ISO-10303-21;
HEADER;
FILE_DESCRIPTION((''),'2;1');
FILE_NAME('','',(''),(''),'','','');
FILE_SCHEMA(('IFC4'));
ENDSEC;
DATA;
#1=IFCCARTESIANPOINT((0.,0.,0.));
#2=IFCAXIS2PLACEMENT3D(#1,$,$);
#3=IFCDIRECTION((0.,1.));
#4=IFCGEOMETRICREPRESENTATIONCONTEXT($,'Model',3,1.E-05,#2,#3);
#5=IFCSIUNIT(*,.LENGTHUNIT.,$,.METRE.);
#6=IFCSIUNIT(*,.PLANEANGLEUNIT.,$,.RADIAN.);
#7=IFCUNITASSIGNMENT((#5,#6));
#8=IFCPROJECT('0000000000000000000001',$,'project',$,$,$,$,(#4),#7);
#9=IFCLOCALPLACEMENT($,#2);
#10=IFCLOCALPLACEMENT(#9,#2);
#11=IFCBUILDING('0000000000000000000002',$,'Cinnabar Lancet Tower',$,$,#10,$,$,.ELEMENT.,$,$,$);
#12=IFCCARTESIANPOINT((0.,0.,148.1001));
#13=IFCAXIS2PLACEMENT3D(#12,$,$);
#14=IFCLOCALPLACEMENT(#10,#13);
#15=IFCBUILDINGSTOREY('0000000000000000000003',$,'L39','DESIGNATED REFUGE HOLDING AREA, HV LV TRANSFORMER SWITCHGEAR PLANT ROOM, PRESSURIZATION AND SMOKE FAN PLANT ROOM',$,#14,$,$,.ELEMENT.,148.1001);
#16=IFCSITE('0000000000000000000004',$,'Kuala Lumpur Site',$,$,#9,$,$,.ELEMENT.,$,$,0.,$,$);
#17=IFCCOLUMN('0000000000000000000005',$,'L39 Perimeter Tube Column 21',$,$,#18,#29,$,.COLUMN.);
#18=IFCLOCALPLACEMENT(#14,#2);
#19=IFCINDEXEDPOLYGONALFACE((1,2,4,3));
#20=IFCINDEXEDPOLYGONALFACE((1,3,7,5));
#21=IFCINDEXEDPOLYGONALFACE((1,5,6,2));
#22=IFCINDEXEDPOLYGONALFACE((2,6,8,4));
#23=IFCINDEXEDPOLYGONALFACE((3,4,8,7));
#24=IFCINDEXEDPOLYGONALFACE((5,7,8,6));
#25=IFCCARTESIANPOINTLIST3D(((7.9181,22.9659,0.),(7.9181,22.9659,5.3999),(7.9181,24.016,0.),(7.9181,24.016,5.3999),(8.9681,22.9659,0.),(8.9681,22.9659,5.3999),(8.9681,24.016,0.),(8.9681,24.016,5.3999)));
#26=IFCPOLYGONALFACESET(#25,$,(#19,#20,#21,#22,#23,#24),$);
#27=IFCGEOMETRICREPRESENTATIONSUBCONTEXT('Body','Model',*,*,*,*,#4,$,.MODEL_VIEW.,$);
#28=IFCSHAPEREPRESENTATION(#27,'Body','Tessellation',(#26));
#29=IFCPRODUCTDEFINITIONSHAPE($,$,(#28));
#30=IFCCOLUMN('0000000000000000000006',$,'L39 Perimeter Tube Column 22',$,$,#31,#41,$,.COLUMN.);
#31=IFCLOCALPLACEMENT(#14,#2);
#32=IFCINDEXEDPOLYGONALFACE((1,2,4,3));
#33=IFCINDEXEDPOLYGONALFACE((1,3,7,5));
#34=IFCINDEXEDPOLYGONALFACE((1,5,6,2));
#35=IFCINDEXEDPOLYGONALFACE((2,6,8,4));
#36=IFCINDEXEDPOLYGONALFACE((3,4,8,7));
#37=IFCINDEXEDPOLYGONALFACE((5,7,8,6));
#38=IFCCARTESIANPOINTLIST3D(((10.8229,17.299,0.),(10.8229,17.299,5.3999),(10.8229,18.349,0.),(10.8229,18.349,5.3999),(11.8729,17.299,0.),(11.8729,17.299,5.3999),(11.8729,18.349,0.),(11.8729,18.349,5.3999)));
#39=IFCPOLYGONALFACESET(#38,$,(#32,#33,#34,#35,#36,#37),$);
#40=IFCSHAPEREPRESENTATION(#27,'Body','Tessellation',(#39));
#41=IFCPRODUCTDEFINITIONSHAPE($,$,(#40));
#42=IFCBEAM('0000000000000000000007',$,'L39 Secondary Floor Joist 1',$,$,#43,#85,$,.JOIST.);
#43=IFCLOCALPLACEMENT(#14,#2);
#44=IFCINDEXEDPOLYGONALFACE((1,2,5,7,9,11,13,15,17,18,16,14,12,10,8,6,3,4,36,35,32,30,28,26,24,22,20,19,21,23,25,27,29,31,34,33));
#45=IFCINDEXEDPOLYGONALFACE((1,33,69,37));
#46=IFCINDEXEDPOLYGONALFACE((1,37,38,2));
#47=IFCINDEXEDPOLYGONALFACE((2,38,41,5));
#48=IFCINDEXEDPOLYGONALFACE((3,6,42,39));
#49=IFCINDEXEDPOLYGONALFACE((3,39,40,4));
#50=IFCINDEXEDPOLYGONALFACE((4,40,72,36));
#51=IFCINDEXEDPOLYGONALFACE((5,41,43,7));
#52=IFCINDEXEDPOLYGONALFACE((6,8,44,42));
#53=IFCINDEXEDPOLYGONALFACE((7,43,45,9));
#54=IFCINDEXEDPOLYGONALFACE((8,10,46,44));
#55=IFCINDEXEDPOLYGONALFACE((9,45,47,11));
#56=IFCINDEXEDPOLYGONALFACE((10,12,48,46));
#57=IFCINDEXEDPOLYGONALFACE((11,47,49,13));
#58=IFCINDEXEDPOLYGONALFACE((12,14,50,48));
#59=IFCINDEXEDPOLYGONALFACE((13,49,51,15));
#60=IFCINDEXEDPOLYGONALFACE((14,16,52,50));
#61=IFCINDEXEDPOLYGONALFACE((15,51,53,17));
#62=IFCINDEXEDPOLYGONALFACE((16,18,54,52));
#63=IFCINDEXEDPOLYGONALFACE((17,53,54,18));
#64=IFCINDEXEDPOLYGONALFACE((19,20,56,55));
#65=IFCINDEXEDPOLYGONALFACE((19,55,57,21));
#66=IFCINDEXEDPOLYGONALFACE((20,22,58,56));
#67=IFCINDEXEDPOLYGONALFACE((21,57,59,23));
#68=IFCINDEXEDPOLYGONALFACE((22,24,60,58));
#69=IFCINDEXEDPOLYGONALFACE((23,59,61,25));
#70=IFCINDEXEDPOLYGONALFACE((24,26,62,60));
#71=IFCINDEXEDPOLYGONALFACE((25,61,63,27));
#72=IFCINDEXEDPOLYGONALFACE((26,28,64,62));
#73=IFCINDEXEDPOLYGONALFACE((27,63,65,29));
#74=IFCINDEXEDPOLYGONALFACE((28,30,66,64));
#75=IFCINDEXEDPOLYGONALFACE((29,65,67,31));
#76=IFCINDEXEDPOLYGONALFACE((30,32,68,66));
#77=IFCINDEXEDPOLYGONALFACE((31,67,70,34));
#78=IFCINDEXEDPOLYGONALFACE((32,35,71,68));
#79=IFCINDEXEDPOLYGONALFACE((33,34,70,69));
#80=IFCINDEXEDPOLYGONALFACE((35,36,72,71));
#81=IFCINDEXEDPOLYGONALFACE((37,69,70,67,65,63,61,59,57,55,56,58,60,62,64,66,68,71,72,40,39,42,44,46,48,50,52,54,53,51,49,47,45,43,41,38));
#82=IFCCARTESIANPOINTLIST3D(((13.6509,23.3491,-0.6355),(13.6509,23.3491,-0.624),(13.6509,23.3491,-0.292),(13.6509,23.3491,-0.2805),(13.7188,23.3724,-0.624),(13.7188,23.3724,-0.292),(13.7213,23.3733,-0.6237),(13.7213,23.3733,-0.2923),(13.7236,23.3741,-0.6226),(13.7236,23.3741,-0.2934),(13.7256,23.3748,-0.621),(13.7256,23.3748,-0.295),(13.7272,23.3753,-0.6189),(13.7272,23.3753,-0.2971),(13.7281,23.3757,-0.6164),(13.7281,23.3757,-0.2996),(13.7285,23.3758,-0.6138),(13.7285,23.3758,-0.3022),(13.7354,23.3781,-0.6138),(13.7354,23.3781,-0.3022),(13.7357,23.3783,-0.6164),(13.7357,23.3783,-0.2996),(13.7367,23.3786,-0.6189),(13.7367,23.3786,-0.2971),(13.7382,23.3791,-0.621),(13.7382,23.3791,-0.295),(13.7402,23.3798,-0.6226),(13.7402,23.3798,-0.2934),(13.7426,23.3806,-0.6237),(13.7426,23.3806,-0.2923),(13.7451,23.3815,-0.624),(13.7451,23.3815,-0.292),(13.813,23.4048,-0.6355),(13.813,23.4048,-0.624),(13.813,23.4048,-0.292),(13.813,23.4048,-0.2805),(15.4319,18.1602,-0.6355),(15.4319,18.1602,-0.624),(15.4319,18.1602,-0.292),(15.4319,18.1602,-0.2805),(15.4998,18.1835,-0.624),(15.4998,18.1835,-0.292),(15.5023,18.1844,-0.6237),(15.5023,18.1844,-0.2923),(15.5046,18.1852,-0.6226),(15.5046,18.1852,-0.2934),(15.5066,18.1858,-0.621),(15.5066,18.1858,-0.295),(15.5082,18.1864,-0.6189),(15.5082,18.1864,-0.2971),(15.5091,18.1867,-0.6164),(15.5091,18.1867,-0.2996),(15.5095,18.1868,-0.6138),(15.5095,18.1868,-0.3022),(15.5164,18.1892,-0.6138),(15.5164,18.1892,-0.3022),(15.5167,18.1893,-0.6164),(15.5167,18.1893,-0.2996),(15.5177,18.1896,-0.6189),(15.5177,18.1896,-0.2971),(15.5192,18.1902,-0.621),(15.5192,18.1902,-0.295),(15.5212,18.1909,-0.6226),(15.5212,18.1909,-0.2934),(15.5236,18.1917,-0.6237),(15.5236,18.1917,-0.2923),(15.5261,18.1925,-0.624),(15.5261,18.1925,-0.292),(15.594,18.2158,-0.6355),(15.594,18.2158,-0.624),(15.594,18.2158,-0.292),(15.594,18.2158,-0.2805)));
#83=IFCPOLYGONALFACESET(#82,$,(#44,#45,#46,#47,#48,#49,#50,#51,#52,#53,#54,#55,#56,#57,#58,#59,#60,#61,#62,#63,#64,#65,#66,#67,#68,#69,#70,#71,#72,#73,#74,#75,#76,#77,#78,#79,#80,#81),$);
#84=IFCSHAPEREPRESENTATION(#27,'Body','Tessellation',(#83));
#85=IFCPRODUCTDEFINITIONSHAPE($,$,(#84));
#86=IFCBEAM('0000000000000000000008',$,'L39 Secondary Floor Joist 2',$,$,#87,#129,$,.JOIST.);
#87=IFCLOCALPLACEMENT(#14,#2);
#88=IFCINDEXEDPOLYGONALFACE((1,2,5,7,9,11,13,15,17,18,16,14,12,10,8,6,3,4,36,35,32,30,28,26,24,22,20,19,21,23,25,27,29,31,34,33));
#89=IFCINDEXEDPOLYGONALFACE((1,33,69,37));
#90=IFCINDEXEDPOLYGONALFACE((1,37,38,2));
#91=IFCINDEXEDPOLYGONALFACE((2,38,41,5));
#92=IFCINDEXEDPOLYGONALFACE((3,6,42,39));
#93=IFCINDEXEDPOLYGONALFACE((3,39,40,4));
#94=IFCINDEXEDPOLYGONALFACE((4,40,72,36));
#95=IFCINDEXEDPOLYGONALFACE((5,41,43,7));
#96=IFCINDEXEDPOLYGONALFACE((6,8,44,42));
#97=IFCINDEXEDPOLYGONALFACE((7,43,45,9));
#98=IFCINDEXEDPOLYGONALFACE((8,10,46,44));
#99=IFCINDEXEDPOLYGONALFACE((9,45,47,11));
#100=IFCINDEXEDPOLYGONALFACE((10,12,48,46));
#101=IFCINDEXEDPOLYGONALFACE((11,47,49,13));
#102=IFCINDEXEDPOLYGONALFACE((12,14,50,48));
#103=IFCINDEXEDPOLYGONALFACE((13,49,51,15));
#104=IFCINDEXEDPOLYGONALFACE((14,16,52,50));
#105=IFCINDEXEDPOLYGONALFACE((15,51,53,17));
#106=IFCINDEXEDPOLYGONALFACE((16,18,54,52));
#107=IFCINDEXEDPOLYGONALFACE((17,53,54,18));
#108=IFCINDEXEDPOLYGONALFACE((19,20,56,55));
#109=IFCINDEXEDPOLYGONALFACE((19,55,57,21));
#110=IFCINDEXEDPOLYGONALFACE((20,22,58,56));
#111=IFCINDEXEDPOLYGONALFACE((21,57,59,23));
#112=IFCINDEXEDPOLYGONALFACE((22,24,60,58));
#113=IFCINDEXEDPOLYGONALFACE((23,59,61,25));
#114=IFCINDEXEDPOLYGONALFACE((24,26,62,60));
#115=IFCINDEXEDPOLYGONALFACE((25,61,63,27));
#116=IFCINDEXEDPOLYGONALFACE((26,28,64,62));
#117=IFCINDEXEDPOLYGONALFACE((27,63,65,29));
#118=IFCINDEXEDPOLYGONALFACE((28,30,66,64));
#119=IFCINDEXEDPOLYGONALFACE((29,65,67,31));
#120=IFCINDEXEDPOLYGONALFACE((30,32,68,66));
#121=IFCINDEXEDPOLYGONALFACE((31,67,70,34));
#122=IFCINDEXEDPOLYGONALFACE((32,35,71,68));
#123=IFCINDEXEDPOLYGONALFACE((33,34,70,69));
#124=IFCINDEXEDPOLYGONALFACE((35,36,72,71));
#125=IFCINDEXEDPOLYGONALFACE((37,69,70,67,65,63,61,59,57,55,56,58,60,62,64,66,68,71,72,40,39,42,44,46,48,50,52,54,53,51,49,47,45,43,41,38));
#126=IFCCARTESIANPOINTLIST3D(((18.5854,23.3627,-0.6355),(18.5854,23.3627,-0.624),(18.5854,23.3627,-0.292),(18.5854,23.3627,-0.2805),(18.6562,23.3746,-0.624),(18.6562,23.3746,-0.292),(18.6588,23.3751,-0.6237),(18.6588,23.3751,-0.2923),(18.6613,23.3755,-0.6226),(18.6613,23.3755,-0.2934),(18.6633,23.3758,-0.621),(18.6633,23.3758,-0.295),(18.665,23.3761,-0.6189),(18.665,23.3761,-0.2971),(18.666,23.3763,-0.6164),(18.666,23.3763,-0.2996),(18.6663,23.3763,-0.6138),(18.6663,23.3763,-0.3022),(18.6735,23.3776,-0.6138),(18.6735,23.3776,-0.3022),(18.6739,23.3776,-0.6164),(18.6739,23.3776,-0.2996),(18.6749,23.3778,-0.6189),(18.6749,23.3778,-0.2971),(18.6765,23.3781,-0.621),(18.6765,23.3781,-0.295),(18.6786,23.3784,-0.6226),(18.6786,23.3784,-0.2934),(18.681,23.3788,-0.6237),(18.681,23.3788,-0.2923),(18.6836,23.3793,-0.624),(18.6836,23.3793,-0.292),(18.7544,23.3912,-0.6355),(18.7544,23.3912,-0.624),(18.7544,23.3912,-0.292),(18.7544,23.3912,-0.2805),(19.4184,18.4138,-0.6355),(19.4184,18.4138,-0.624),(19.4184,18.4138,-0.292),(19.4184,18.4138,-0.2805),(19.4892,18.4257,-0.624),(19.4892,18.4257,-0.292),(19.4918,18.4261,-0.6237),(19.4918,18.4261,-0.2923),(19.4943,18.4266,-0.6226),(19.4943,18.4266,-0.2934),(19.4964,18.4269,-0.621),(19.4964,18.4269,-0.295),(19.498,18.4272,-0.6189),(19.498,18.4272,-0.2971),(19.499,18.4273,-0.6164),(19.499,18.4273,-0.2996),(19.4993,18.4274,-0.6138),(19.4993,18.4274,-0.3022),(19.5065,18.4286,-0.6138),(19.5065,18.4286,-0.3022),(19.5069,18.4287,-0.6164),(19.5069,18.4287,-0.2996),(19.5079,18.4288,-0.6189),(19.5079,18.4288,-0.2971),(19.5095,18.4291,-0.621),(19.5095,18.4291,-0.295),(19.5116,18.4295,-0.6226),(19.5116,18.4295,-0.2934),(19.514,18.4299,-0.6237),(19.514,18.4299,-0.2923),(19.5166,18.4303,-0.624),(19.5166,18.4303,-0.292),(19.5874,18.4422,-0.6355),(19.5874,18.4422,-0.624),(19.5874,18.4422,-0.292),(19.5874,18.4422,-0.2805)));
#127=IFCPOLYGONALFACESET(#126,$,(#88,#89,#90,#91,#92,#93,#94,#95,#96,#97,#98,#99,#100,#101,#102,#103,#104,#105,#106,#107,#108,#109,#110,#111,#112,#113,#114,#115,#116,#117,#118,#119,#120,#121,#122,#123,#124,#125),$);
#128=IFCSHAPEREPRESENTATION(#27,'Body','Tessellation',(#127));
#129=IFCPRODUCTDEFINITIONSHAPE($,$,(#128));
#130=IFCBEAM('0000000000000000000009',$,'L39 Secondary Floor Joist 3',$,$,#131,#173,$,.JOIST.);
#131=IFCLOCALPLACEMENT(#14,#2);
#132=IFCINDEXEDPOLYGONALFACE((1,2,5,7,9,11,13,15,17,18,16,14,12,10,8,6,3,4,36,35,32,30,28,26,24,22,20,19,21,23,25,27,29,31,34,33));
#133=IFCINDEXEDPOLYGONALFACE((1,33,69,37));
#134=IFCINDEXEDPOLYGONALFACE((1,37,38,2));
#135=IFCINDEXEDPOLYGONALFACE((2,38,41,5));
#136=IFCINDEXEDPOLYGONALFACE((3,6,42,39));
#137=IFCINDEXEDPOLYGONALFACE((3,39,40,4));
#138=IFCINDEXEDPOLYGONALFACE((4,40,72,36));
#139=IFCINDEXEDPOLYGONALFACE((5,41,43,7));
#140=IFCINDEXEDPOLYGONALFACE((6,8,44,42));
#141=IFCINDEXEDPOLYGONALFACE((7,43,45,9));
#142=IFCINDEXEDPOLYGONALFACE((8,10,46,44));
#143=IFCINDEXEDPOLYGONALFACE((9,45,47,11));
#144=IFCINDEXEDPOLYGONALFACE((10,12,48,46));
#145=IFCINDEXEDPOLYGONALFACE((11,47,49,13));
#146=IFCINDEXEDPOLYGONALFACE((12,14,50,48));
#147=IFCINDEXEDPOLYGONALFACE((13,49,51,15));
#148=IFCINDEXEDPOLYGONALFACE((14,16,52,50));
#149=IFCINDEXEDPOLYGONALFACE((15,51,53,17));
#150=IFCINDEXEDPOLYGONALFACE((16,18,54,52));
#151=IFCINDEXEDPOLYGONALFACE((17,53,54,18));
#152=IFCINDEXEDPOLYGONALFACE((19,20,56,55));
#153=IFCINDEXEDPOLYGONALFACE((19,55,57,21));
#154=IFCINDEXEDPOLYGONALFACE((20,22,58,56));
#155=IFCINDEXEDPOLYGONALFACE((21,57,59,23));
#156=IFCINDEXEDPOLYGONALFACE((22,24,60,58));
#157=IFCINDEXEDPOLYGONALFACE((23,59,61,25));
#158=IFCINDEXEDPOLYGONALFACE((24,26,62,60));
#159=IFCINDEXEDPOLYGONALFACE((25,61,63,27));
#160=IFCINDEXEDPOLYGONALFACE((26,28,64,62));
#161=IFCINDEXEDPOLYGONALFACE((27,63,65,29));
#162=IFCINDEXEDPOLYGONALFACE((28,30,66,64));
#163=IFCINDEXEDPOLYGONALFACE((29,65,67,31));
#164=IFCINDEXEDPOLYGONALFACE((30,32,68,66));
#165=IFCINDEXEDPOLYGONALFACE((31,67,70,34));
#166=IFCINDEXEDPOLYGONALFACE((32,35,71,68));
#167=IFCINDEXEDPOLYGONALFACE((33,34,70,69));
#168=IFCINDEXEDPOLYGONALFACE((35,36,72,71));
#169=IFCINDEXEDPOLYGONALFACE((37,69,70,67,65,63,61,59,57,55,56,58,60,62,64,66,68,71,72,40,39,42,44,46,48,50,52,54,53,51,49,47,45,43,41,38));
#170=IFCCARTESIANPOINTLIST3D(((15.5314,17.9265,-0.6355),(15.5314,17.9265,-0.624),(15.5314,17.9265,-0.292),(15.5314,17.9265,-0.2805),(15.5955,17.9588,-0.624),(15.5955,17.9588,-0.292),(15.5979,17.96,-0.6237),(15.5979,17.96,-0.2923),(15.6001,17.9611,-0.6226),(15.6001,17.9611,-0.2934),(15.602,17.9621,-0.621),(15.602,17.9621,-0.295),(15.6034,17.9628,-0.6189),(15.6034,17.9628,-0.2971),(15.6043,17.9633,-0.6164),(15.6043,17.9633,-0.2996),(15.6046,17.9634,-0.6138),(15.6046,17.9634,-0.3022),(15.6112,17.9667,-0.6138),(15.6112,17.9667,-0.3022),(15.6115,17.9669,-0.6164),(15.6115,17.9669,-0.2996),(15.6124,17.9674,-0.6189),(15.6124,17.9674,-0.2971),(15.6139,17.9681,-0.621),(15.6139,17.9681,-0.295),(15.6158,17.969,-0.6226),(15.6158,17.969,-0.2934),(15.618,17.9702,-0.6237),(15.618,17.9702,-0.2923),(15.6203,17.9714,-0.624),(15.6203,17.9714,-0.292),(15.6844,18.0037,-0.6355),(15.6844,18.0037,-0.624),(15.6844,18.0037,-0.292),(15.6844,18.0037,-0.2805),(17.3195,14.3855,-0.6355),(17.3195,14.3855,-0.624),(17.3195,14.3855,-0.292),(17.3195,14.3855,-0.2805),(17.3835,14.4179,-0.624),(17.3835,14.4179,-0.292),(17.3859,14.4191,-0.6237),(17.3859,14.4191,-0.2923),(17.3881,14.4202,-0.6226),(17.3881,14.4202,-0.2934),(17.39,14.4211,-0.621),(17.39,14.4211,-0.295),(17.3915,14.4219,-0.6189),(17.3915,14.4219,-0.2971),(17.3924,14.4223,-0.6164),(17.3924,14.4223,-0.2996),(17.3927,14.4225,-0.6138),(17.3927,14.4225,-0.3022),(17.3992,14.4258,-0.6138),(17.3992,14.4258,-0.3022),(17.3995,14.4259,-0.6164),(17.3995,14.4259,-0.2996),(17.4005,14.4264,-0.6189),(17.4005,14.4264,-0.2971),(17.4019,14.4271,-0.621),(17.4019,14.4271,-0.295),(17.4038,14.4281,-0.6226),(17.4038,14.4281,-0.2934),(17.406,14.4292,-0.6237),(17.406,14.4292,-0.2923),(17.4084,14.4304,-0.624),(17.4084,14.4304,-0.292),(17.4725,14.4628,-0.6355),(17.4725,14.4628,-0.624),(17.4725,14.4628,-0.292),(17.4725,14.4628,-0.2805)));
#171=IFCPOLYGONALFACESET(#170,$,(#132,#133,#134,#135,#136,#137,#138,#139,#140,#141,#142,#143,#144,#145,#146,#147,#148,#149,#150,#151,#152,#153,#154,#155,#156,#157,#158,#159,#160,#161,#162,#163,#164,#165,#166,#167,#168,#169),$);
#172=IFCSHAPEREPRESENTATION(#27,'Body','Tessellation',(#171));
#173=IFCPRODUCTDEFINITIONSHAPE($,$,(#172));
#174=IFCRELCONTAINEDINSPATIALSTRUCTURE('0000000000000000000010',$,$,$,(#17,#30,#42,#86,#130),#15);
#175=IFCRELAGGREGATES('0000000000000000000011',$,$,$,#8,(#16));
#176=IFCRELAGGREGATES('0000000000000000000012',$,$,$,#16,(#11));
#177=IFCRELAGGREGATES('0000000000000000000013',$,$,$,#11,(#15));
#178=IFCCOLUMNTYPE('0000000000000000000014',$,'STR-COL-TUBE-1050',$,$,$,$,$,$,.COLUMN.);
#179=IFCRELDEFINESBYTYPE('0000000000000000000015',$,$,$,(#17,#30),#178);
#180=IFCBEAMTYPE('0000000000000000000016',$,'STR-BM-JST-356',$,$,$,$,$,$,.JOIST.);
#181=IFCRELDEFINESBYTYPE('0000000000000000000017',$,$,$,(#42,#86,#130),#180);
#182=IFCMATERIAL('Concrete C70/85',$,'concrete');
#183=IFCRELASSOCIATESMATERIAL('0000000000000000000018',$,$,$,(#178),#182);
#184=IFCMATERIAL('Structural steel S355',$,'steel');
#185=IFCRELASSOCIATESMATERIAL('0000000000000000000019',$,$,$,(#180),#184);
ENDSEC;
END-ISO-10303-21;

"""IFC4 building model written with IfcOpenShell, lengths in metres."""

from ifc_helpers import new_model, si_unit, direction, frame, origin, origin_2d, place, context, subcontext, project, spatial, rectangle, i_section, extrude, material, material_profile, profile_set, type_object, element, save


model = new_model("IFC4")

# Units and contexts
model_context = context("Model", 3, precision=1e-05, world=origin(), true_north=direction((0.0, 1.0)))
body_context = subcontext(model_context, "Body", "Model", "MODEL_VIEW")
ifc_project = project(units=[si_unit("LENGTHUNIT", "METRE"), si_unit("PLANEANGLEUNIT", "RADIAN")], contexts=[model_context])

# Site, building, storey
site_placement = place(None, origin())
site = spatial("IfcSite", under=ifc_project, at=site_placement, Name="Kuala Lumpur Site", CompositionType="ELEMENT", RefElevation=0.0)
building_placement = place(site_placement, origin())
building = spatial("IfcBuilding", under=site, at=building_placement, Name="Cinnabar Lancet Tower", CompositionType="ELEMENT")
storey_placement = place(building_placement, frame((0.0, 0.0, 148.1001)))
storey = spatial("IfcBuildingStorey", under=building, at=storey_placement, Name="L39", Description="DESIGNATED REFUGE HOLDING AREA, HV LV TRANSFORMER SWITCHGEAR PLANT ROOM, PRESSURIZATION AND SMOKE FAN PLANT ROOM", CompositionType="ELEMENT", Elevation=148.1001)

# Columns
ifc_material_1 = material(Name="Concrete C70/85", Category="concrete")
ifc_material_profile_1 = material_profile(ifc_material_1, rectangle(XDim=1.05, YDim=1.05, at=origin_2d()), Name="RC-COL 1050x1050")
ifc_profile_set_1 = profile_set([ifc_material_profile_1], Name="Concrete C70/85")
column_type = type_object("IfcColumnType", Name="STR-COL-TUBE-1050", PredefinedType="COLUMN", material=ifc_profile_set_1)
for number, where, z_axis, x_axis, name in (
    (1, (8.4431, 23.491, 0.0), (0.0, 0.0, 1.0), (1.0, 0.0, 0.0), "L39 Perimeter Tube Column 21"),
    (2, (11.3479, 17.824, 0.0), (0.0, 0.0, 1.0), (1.0, 0.0, 0.0), "L39 Perimeter Tube Column 22"),
):
    element("IfcColumn", number, at=place(storey_placement, frame(where, z_axis=z_axis, x_axis=x_axis)), inside=storey, type_object=column_type, Name=name, PredefinedType="COLUMN", context=body_context, shape_type="SweptSolid", body=[
        extrude(rectangle(XDim=1.05, YDim=1.05, at=origin_2d()), origin(), (0.0, 0.0, 1.0), 5.3999),
    ])

# Beams
ifc_material_2 = material(Name="Structural steel S355", Category="steel")
ifc_material_profile_2 = material_profile(ifc_material_2, i_section(OverallWidth=0.1714, OverallDepth=0.355, WebThickness=0.0073, FlangeThickness=0.0115, FilletRadius=0.0103, at=origin_2d()), Name="UKB 356x171x51")
ifc_profile_set_2 = profile_set([ifc_material_profile_2], Name="Structural steel S355")
beam_type_1 = type_object("IfcBeamType", Name="STR-BM-JST-356", PredefinedType="JOIST", material=ifc_profile_set_2)
beam_1_placement = place(storey_placement, frame((13.7319, 23.377, -0.458), z_axis=(0.324639, -0.945838, 0.0), x_axis=(0.945838, 0.324639, 0.0)))
element("IfcBeam", 3, at=beam_1_placement, inside=storey, type_object=beam_type_1, Name="L39 Secondary Floor Joist 1", PredefinedType="JOIST", context=body_context, shape_type="SweptSolid", body=[
    extrude(i_section(OverallWidth=0.1714, OverallDepth=0.355, WebThickness=0.0073, FlangeThickness=0.0115, FilletRadius=0.0103, at=origin_2d()), origin(), (0.0, 0.0, 1.0), 5.4861),
])
beam_2_placement = place(storey_placement, frame((18.6699, 23.377, -0.458), z_axis=(0.165984, -0.986128, 0.0), x_axis=(0.986128, 0.165984, 0.0)))
element("IfcBeam", 4, at=beam_2_placement, inside=storey, type_object=beam_type_1, Name="L39 Secondary Floor Joist 2", PredefinedType="JOIST", context=body_context, shape_type="SweptSolid", body=[
    extrude(i_section(OverallWidth=0.1714, OverallDepth=0.355, WebThickness=0.0073, FlangeThickness=0.0115, FilletRadius=0.0103, at=origin_2d()), origin(), (0.0, 0.0, 1.0), 5.0186),
])
beam_3_placement = place(storey_placement, frame((15.6079, 17.9651, -0.458), z_axis=(0.450755, -0.892648, 0.0), x_axis=(0.892648, 0.450755, 0.0)))
element("IfcBeam", 5, at=beam_3_placement, inside=storey, type_object=beam_type_1, Name="L39 Secondary Floor Joist 3", PredefinedType="JOIST", context=body_context, shape_type="SweptSolid", body=[
    extrude(i_section(OverallWidth=0.1714, OverallDepth=0.355, WebThickness=0.0073, FlangeThickness=0.0115, FilletRadius=0.0103, at=origin_2d()), origin(), (0.0, 0.0, 1.0), 3.9668),
])

save(model, "model.ifc")
